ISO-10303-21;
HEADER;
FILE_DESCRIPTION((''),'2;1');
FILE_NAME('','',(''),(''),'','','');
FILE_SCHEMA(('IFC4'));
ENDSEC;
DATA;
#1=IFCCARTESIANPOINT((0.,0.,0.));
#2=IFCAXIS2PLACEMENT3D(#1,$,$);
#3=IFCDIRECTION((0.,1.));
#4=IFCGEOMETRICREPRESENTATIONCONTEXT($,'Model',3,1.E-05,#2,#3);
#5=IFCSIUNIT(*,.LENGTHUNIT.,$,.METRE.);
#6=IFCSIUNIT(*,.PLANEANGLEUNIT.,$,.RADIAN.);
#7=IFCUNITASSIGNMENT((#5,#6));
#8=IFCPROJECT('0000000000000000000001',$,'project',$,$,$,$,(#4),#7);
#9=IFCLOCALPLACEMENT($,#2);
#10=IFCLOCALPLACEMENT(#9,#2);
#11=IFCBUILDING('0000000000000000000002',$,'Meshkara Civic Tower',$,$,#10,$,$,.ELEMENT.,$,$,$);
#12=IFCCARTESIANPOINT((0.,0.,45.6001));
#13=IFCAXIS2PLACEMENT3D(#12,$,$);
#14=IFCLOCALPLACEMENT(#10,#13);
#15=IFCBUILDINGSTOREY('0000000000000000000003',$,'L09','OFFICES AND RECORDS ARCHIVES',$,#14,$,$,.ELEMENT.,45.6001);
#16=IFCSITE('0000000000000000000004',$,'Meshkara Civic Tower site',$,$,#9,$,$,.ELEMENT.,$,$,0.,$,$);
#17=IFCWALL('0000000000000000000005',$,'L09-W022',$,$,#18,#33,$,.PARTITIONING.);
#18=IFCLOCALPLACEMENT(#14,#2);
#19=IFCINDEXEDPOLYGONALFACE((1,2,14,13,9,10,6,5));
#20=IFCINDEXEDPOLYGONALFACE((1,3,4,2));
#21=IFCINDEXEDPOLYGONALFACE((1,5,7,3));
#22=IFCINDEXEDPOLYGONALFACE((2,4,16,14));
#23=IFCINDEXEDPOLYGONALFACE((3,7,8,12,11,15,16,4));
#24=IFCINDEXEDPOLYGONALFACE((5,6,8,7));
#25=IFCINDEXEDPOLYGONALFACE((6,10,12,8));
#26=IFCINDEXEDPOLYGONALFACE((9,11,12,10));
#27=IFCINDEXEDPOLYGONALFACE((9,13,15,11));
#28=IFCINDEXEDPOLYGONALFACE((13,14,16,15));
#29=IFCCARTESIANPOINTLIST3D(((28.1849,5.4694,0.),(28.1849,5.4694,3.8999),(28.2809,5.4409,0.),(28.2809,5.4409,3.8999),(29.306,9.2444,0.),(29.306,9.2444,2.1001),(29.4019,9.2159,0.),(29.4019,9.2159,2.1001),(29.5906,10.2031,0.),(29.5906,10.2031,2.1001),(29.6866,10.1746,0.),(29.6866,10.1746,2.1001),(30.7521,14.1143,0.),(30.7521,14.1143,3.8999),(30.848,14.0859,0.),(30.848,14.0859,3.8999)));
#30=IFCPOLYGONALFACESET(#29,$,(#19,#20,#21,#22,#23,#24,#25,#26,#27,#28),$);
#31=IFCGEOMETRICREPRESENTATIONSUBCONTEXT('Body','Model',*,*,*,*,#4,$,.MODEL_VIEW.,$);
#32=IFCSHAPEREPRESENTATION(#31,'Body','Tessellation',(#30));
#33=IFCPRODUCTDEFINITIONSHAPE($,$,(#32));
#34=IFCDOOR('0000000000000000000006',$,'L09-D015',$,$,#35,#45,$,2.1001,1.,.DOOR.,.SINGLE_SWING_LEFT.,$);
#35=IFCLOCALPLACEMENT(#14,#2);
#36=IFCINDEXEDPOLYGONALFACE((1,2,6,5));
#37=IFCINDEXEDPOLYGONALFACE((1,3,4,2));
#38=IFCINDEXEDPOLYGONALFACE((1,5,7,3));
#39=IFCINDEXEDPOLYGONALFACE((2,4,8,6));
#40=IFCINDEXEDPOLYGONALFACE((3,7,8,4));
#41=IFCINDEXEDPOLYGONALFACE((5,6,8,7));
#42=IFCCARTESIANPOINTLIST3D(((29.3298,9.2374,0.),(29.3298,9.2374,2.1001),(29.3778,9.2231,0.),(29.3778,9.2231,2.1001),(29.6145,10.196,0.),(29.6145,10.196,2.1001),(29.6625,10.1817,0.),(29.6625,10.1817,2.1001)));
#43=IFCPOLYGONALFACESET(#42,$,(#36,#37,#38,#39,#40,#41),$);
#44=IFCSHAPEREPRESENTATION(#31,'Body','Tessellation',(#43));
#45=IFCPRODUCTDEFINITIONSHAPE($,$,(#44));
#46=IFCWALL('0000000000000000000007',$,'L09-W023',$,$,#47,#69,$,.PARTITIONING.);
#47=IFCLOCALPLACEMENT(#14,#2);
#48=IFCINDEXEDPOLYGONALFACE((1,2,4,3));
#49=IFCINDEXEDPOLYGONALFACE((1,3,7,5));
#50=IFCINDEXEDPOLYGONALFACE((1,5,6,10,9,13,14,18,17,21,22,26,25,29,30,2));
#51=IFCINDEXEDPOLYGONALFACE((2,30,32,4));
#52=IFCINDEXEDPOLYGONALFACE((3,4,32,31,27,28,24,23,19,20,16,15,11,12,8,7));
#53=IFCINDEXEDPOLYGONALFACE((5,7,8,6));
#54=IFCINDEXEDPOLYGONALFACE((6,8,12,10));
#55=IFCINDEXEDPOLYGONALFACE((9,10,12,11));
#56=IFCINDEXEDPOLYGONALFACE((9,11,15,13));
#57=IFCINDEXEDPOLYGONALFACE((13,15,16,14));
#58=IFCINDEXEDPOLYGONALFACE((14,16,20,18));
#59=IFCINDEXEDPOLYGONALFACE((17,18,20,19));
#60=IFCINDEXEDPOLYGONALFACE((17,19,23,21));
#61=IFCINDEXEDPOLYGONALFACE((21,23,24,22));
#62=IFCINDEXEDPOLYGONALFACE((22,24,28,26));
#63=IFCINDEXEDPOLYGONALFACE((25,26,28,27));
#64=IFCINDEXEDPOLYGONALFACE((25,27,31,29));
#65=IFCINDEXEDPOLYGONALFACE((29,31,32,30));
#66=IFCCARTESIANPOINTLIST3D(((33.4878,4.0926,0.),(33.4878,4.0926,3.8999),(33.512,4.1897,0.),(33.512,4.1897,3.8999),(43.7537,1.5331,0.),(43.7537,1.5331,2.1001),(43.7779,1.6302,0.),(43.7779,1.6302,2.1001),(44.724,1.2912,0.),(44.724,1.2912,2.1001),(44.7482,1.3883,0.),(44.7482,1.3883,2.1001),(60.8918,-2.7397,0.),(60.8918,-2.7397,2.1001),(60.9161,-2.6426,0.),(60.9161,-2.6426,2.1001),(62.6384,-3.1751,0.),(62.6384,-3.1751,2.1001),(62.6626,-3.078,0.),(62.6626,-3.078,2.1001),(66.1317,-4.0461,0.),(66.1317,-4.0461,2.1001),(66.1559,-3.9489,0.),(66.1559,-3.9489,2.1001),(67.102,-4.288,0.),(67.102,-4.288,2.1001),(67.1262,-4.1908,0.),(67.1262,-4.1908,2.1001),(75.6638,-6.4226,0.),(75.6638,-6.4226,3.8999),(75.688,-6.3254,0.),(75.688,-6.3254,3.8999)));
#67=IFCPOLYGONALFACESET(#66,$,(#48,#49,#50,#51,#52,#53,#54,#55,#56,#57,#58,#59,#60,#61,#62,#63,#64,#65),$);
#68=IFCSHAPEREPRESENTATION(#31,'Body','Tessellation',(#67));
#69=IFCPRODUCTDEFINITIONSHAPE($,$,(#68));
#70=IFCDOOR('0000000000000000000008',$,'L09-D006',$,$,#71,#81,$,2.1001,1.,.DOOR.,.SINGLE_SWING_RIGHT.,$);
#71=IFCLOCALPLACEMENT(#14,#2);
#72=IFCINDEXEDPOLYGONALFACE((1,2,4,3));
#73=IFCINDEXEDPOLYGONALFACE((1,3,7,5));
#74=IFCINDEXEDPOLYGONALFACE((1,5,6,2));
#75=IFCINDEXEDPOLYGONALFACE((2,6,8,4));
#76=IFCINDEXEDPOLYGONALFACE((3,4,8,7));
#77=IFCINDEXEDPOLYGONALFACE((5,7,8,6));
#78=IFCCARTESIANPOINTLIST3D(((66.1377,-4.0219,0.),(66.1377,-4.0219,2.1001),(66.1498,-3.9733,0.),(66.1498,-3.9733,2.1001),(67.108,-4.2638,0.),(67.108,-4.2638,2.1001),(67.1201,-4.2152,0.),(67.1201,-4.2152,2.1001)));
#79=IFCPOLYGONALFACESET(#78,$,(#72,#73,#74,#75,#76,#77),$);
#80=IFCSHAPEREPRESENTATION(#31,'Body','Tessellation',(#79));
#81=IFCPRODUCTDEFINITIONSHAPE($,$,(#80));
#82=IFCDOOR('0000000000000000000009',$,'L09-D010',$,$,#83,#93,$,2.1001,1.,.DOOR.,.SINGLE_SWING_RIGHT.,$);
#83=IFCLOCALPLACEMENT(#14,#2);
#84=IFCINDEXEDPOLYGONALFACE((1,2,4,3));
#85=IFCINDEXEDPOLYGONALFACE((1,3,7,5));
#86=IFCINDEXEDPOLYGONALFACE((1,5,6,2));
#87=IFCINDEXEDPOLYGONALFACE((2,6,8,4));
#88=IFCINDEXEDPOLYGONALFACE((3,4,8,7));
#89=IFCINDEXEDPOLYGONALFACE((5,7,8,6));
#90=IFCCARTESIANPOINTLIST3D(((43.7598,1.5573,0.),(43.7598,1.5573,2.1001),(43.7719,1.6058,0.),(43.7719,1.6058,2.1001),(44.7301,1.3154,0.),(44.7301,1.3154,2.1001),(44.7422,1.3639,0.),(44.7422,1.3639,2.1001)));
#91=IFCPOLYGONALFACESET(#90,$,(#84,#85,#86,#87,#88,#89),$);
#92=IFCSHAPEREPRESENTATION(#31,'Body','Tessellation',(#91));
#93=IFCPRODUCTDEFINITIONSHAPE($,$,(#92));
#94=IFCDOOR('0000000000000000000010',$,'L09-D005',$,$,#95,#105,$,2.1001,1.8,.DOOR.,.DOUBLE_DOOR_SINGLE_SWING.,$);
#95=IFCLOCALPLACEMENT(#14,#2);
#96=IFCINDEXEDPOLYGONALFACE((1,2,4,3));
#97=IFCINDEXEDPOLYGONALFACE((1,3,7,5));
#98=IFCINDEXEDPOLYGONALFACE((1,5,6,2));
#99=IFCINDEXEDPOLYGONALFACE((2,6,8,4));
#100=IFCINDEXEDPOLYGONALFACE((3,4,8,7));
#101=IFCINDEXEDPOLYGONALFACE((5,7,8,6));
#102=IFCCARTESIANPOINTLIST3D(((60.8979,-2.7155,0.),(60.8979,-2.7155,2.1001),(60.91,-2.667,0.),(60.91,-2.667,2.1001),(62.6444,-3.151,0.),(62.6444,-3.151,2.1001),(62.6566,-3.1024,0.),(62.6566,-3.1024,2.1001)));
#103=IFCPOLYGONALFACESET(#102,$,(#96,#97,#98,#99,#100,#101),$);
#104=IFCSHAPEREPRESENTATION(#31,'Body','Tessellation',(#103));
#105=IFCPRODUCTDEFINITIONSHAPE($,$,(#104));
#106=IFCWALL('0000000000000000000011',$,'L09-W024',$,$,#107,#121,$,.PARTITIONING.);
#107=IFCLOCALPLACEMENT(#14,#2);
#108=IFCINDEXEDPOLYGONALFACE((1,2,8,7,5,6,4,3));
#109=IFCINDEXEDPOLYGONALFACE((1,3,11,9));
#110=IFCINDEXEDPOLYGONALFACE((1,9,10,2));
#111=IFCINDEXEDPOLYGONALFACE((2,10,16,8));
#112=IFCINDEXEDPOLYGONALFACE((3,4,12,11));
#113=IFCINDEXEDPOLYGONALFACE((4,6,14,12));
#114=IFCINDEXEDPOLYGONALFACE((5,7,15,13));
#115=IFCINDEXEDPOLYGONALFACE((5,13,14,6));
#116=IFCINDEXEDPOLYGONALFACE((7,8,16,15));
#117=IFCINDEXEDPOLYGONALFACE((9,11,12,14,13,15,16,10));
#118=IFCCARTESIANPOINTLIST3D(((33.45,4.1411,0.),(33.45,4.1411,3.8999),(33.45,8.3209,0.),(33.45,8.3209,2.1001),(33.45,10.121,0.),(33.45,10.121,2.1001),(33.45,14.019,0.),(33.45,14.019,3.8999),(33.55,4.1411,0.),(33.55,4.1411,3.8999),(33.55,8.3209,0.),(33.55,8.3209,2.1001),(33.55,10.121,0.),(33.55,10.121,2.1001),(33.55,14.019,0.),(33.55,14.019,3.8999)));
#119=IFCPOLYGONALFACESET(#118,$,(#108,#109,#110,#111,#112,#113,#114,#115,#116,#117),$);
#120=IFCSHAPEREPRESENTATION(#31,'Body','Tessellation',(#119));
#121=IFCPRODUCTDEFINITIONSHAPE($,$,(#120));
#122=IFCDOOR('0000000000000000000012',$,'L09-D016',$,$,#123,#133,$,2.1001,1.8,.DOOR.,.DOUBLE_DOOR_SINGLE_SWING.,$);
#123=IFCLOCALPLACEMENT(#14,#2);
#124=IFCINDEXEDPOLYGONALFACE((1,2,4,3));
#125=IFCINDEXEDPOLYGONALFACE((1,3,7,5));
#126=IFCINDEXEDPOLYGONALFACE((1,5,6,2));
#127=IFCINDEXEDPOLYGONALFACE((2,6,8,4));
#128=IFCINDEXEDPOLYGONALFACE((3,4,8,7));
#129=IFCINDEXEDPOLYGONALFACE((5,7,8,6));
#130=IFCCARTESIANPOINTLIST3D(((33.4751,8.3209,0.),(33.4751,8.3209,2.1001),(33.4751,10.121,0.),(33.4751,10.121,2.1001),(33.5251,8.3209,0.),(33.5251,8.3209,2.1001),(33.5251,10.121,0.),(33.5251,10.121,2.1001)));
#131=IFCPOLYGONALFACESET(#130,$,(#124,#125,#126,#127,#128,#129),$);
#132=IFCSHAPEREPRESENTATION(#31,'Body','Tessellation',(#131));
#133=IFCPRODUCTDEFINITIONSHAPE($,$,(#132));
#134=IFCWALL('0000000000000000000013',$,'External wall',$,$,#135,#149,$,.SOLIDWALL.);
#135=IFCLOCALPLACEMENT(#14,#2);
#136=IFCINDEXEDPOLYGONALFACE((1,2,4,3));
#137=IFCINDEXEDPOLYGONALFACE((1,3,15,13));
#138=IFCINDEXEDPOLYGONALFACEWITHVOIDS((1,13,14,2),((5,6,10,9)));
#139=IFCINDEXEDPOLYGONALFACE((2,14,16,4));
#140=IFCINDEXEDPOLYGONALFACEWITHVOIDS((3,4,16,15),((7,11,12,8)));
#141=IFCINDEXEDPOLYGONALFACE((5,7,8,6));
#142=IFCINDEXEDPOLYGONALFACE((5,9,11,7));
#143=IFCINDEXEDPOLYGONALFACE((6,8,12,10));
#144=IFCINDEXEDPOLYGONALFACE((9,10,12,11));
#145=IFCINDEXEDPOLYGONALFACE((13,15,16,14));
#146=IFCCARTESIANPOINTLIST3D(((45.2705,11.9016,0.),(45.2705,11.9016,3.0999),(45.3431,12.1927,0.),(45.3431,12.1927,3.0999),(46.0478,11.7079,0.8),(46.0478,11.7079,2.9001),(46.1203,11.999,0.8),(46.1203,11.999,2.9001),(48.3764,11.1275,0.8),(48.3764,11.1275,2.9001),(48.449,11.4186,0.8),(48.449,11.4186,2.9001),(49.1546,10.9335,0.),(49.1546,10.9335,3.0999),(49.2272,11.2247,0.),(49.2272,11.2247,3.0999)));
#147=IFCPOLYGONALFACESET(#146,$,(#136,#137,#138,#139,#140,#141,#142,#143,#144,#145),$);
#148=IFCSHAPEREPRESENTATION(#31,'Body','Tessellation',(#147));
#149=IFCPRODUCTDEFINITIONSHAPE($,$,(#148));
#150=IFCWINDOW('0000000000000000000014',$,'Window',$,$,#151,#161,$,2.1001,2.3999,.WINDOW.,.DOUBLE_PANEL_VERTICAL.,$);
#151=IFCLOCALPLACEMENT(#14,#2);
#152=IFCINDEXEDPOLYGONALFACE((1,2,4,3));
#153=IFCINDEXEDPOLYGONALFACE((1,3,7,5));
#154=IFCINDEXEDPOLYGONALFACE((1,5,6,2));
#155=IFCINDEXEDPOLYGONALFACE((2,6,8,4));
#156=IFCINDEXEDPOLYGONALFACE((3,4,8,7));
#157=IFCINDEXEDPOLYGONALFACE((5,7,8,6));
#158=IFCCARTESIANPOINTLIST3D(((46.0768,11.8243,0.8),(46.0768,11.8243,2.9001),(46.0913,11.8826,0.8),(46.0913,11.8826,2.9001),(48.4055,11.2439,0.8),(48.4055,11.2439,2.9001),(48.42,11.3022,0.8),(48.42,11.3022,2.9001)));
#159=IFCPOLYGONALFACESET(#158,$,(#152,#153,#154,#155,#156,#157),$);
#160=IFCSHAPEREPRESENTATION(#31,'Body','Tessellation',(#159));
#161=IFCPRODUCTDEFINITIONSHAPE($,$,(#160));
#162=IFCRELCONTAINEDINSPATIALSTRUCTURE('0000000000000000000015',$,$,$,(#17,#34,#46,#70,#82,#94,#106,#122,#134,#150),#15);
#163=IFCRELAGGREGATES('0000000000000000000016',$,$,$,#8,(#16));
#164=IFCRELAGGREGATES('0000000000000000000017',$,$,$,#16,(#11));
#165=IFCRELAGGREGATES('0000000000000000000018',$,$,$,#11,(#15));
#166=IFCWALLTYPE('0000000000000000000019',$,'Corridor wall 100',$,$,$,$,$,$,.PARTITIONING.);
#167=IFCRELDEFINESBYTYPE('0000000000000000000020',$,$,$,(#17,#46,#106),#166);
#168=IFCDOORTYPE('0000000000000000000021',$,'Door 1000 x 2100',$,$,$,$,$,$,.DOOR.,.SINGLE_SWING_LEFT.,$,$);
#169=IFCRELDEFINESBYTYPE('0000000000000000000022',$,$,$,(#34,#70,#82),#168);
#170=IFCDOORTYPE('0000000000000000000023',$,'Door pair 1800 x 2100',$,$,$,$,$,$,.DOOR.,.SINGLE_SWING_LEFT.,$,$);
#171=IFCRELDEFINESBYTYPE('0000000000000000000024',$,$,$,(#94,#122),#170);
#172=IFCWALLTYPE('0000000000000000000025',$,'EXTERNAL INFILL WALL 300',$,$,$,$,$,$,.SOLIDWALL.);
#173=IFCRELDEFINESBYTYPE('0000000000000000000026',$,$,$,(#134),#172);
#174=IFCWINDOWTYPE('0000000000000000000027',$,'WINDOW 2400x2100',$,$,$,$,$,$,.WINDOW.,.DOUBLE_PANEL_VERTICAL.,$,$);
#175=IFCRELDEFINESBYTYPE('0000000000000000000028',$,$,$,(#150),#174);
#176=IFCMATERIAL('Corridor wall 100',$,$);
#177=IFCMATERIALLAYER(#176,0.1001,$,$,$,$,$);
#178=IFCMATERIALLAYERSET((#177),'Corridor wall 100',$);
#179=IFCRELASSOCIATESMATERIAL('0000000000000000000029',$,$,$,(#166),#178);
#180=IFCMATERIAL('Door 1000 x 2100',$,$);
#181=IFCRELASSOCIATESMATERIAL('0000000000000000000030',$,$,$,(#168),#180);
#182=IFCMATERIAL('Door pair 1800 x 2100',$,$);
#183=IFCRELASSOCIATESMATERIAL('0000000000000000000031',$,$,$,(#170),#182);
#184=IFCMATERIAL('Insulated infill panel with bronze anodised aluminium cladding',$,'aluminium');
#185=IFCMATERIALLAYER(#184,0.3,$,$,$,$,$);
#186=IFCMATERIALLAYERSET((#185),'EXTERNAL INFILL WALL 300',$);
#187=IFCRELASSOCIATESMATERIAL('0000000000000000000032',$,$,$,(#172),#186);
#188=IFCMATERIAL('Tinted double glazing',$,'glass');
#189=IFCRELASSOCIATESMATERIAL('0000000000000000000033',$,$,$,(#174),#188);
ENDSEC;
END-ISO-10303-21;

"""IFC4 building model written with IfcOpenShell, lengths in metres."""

from ifc_helpers import new_model, si_unit, direction, frame, frame_2d, origin, place, context, subcontext, project, spatial, rectangle, extrude, material, layer, layer_set, type_object, element, fill, save


model = new_model("IFC4")

# Units and contexts
model_context = context("Model", 3, precision=1e-05, world=origin(), true_north=direction((0.0, 1.0)))
body_context = subcontext(model_context, "Body", "Model", "MODEL_VIEW")
ifc_project = project(units=[si_unit("LENGTHUNIT", "METRE"), si_unit("PLANEANGLEUNIT", "RADIAN")], contexts=[model_context])

# Site, building, storey
site_placement = place(None, origin())
site = spatial("IfcSite", under=ifc_project, at=site_placement, Name="Meshkara Civic Tower site", CompositionType="ELEMENT", RefElevation=0.0)
building_placement = place(site_placement, origin())
building = spatial("IfcBuilding", under=site, at=building_placement, Name="Meshkara Civic Tower", CompositionType="ELEMENT")
storey_placement = place(building_placement, frame((0.0, 0.0, 45.6001)))
storey = spatial("IfcBuildingStorey", under=building, at=storey_placement, Name="L09", Description="OFFICES AND RECORDS ARCHIVES", CompositionType="ELEMENT", Elevation=45.6001)

# Wall, opening, door
ifc_material_1 = material(Name="Corridor wall 100")
ifc_layer_1 = layer(ifc_material_1, 0.1001)
ifc_layer_set_1 = layer_set([ifc_layer_1], Name="Corridor wall 100")
wall_type_1 = type_object("IfcWallType", Name="Corridor wall 100", PredefinedType="PARTITIONING", material=ifc_layer_set_1)
wall_1_placement = place(storey_placement, frame((30.8, 14.1001, 0.0), z_axis=(0.0, 0.0, 1.0), x_axis=(-0.284664, -0.958627, 0.0)))
wall_1 = element("IfcWall", 1, at=wall_1_placement, inside=storey, type_object=wall_type_1, Name="L09-W022", PredefinedType="PARTITIONING", context=body_context, shape_type="SweptSolid", body=[
    extrude(rectangle(XDim=9.0181, YDim=0.1001, at=frame_2d((4.509, 0.0))), origin(), (0.0, 0.0, 1.0), 3.8999),
])
opening_1_placement = place(wall_1_placement, frame((4.0801, 0.0, 0.0)))
opening_1 = element("IfcOpeningElement", 2, at=opening_1_placement, cuts=wall_1, PredefinedType="OPENING", context=body_context, shape_type="SweptSolid", body=[
    extrude(rectangle(XDim=1.0, YDim=2.1001, at=frame_2d((0.5, 1.05))), frame((0.0, 0.0601, 0.0), z_axis=(0.0, -1.0, 0.0), x_axis=(1.0, 0.0, 0.0)), (0.0, 0.0, 1.0), 0.1201),
])
ifc_material_2 = material(Name="Door 1000 x 2100")
door_type_1 = type_object("IfcDoorType", Name="Door 1000 x 2100", OperationType="SINGLE_SWING_LEFT", PredefinedType="DOOR", material=ifc_material_2)
door_1_placement = place(opening_1_placement, origin())
door_1 = element("IfcDoor", 3, at=door_1_placement, inside=storey, type_object=door_type_1, Name="L09-D015", OperationType="SINGLE_SWING_LEFT", OverallHeight=2.1001, OverallWidth=1.0, PredefinedType="DOOR", context=body_context, shape_type="SweptSolid", body=[
    extrude(rectangle(XDim=1.0, YDim=2.1001, at=frame_2d((0.5, 1.05))), frame((0.0, 0.0249, 0.0), z_axis=(0.0, -1.0, 0.0), x_axis=(1.0, 0.0, 0.0)), (0.0, 0.0, 1.0), 0.05),
])
fill(opening_1, door_1)

# Wall, openings, doors
wall_2_placement = place(storey_placement, frame((33.5, 4.1411, 0.0), z_axis=(0.0, 0.0, 1.0), x_axis=(0.970299, -0.24191, 0.0)))
wall_2 = element("IfcWall", 4, at=wall_2_placement, inside=storey, type_object=wall_type_1, Name="L09-W023", PredefinedType="PARTITIONING", context=body_context, shape_type="SweptSolid", body=[
    extrude(rectangle(XDim=43.467, YDim=0.1001, at=frame_2d((21.7334, 0.0))), origin(), (0.0, 0.0, 1.0), 3.8999),
])
opening_2_placement = place(wall_2_placement, frame((28.2429, 0.0, 0.0)))
opening_2 = element("IfcOpeningElement", 5, at=opening_2_placement, cuts=wall_2, PredefinedType="OPENING", context=body_context, shape_type="SweptSolid", body=[
    extrude(rectangle(XDim=1.8, YDim=2.1001, at=frame_2d((0.8999, 1.05))), frame((0.0, 0.0601, 0.0), z_axis=(0.0, -1.0, 0.0), x_axis=(1.0, 0.0, 0.0)), (0.0, 0.0, 1.0), 0.1201),
])
opening_3_placement = place(wall_2_placement, frame((33.6431, 0.0, 0.0)))
opening_3 = element("IfcOpeningElement", 6, at=opening_3_placement, cuts=wall_2, PredefinedType="OPENING", context=body_context, shape_type="SweptSolid", body=[
    extrude(rectangle(XDim=1.0, YDim=2.1001, at=frame_2d((0.5, 1.05))), frame((0.0, 0.0601, 0.0), z_axis=(0.0, -1.0, 0.0), x_axis=(1.0, 0.0, 0.0)), (0.0, 0.0, 1.0), 0.1201),
])
opening_4_placement = place(wall_2_placement, frame((10.5801, 0.0, 0.0)))
opening_4 = element("IfcOpeningElement", 7, at=opening_4_placement, cuts=wall_2, PredefinedType="OPENING", context=body_context, shape_type="SweptSolid", body=[
    extrude(rectangle(XDim=1.0, YDim=2.1001, at=frame_2d((0.5, 1.05))), frame((0.0, 0.0601, 0.0), z_axis=(0.0, -1.0, 0.0), x_axis=(1.0, 0.0, 0.0)), (0.0, 0.0, 1.0), 0.1201),
])
door_2_placement = place(opening_3_placement, origin())
door_2 = element("IfcDoor", 8, at=door_2_placement, inside=storey, type_object=door_type_1, Name="L09-D006", OperationType="SINGLE_SWING_RIGHT", OverallHeight=2.1001, OverallWidth=1.0, PredefinedType="DOOR", context=body_context, shape_type="SweptSolid", body=[
    extrude(rectangle(XDim=1.0, YDim=2.1001, at=frame_2d((0.5, 1.05))), frame((0.0, 0.0249, 0.0), z_axis=(0.0, -1.0, 0.0), x_axis=(1.0, 0.0, 0.0)), (0.0, 0.0, 1.0), 0.05),
])
fill(opening_3, door_2)
door_3_placement = place(opening_4_placement, origin())
door_3 = element("IfcDoor", 9, at=door_3_placement, inside=storey, type_object=door_type_1, Name="L09-D010", OperationType="SINGLE_SWING_RIGHT", OverallHeight=2.1001, OverallWidth=1.0, PredefinedType="DOOR", context=body_context, shape_type="SweptSolid", body=[
    extrude(rectangle(XDim=1.0, YDim=2.1001, at=frame_2d((0.5, 1.05))), frame((0.0, 0.0249, 0.0), z_axis=(0.0, -1.0, 0.0), x_axis=(1.0, 0.0, 0.0)), (0.0, 0.0, 1.0), 0.05),
])
fill(opening_4, door_3)
ifc_material_3 = material(Name="Door pair 1800 x 2100")
door_type_2 = type_object("IfcDoorType", Name="Door pair 1800 x 2100", OperationType="SINGLE_SWING_LEFT", PredefinedType="DOOR", material=ifc_material_3)
door_4_placement = place(opening_2_placement, origin())
door_4 = element("IfcDoor", 10, at=door_4_placement, inside=storey, type_object=door_type_2, Name="L09-D005", OperationType="DOUBLE_DOOR_SINGLE_SWING", OverallHeight=2.1001, OverallWidth=1.8, PredefinedType="DOOR", context=body_context, shape_type="SweptSolid", body=[
    extrude(rectangle(XDim=1.8, YDim=2.1001, at=frame_2d((0.8999, 1.05))), frame((0.0, 0.0249, 0.0), z_axis=(0.0, -1.0, 0.0), x_axis=(1.0, 0.0, 0.0)), (0.0, 0.0, 1.0), 0.05),
])
fill(opening_2, door_4)

# Wall, opening, door
wall_3_placement = place(storey_placement, frame((33.5, 4.1411, 0.0), z_axis=(0.0, 0.0, 1.0), x_axis=(0.0, 1.0, 0.0)))
wall_3 = element("IfcWall", 11, at=wall_3_placement, inside=storey, type_object=wall_type_1, Name="L09-W024", PredefinedType="PARTITIONING", context=body_context, shape_type="SweptSolid", body=[
    extrude(rectangle(XDim=9.8779, YDim=0.1001, at=frame_2d((4.939, 0.0))), origin(), (0.0, 0.0, 1.0), 3.8999),
])
opening_5_placement = place(wall_3_placement, frame((4.1799, 0.0, 0.0)))
opening_5 = element("IfcOpeningElement", 12, at=opening_5_placement, cuts=wall_3, PredefinedType="OPENING", context=body_context, shape_type="SweptSolid", body=[
    extrude(rectangle(XDim=1.8, YDim=2.1001, at=frame_2d((0.8999, 1.05))), frame((0.0, 0.0601, 0.0), z_axis=(0.0, -1.0, 0.0), x_axis=(1.0, 0.0, 0.0)), (0.0, 0.0, 1.0), 0.1201),
])
door_5_placement = place(opening_5_placement, origin())
door_5 = element("IfcDoor", 13, at=door_5_placement, inside=storey, type_object=door_type_2, Name="L09-D016", OperationType="DOUBLE_DOOR_SINGLE_SWING", OverallHeight=2.1001, OverallWidth=1.8, PredefinedType="DOOR", context=body_context, shape_type="SweptSolid", body=[
    extrude(rectangle(XDim=1.8, YDim=2.1001, at=frame_2d((0.8999, 1.05))), frame((0.0, 0.0249, 0.0), z_axis=(0.0, -1.0, 0.0), x_axis=(1.0, 0.0, 0.0)), (0.0, 0.0, 1.0), 0.05),
])
fill(opening_5, door_5)

# Wall, opening, window
ifc_material_4 = material(Name="Insulated infill panel with bronze anodised aluminium cladding", Category="aluminium")
ifc_layer_2 = layer(ifc_material_4, 0.3)
ifc_layer_set_2 = layer_set([ifc_layer_2], Name="EXTERNAL INFILL WALL 300")
wall_type_2 = type_object("IfcWallType", Name="EXTERNAL INFILL WALL 300", PredefinedType="SOLIDWALL", material=ifc_layer_set_2)
wall_4_placement = place(storey_placement, frame((49.1909, 11.0791, 0.0), z_axis=(0.0, 0.0, 1.0), x_axis=(-0.970318, 0.241832, 0.0)))
wall_4 = element("IfcWall", 14, at=wall_4_placement, inside=storey, type_object=wall_type_2, Name="External wall", PredefinedType="SOLIDWALL", context=body_context, shape_type="SweptSolid", body=[
    extrude(rectangle(XDim=4.0029, YDim=0.3, at=frame_2d((2.0015, 0.0))), origin(), (0.0, 0.0, 1.0), 3.0999),
])
opening_6_placement = place(wall_4_placement, frame((0.802, 0.0, 0.8)))
opening_6 = element("IfcOpeningElement", 15, at=opening_6_placement, cuts=wall_4, PredefinedType="OPENING", context=body_context, shape_type="SweptSolid", body=[
    extrude(rectangle(XDim=2.3999, YDim=2.1001, at=frame_2d((1.2, 1.05))), frame((0.0, 0.1599, 0.0), z_axis=(0.0, -1.0, 0.0), x_axis=(1.0, 0.0, 0.0)), (0.0, 0.0, 1.0), 0.3201),
])
ifc_material_5 = material(Name="Tinted double glazing", Category="glass")
window_type = type_object("IfcWindowType", Name="WINDOW 2400x2100", PartitioningType="DOUBLE_PANEL_VERTICAL", PredefinedType="WINDOW", material=ifc_material_5)
window_1_placement = place(opening_6_placement, origin())
window_1 = element("IfcWindow", 16, at=window_1_placement, inside=storey, type_object=window_type, Name="Window", OverallHeight=2.1001, OverallWidth=2.3999, PartitioningType="DOUBLE_PANEL_VERTICAL", PredefinedType="WINDOW", context=body_context, shape_type="SweptSolid", body=[
    extrude(rectangle(XDim=2.3999, YDim=2.1001, at=frame_2d((1.2, 1.05))), frame((0.0, 0.03, 0.0), z_axis=(0.0, -1.0, 0.0), x_axis=(1.0, 0.0, 0.0)), (0.0, 0.0, 1.0), 0.0601),
])
fill(opening_6, window_1)

save(model, "model.ifc")
